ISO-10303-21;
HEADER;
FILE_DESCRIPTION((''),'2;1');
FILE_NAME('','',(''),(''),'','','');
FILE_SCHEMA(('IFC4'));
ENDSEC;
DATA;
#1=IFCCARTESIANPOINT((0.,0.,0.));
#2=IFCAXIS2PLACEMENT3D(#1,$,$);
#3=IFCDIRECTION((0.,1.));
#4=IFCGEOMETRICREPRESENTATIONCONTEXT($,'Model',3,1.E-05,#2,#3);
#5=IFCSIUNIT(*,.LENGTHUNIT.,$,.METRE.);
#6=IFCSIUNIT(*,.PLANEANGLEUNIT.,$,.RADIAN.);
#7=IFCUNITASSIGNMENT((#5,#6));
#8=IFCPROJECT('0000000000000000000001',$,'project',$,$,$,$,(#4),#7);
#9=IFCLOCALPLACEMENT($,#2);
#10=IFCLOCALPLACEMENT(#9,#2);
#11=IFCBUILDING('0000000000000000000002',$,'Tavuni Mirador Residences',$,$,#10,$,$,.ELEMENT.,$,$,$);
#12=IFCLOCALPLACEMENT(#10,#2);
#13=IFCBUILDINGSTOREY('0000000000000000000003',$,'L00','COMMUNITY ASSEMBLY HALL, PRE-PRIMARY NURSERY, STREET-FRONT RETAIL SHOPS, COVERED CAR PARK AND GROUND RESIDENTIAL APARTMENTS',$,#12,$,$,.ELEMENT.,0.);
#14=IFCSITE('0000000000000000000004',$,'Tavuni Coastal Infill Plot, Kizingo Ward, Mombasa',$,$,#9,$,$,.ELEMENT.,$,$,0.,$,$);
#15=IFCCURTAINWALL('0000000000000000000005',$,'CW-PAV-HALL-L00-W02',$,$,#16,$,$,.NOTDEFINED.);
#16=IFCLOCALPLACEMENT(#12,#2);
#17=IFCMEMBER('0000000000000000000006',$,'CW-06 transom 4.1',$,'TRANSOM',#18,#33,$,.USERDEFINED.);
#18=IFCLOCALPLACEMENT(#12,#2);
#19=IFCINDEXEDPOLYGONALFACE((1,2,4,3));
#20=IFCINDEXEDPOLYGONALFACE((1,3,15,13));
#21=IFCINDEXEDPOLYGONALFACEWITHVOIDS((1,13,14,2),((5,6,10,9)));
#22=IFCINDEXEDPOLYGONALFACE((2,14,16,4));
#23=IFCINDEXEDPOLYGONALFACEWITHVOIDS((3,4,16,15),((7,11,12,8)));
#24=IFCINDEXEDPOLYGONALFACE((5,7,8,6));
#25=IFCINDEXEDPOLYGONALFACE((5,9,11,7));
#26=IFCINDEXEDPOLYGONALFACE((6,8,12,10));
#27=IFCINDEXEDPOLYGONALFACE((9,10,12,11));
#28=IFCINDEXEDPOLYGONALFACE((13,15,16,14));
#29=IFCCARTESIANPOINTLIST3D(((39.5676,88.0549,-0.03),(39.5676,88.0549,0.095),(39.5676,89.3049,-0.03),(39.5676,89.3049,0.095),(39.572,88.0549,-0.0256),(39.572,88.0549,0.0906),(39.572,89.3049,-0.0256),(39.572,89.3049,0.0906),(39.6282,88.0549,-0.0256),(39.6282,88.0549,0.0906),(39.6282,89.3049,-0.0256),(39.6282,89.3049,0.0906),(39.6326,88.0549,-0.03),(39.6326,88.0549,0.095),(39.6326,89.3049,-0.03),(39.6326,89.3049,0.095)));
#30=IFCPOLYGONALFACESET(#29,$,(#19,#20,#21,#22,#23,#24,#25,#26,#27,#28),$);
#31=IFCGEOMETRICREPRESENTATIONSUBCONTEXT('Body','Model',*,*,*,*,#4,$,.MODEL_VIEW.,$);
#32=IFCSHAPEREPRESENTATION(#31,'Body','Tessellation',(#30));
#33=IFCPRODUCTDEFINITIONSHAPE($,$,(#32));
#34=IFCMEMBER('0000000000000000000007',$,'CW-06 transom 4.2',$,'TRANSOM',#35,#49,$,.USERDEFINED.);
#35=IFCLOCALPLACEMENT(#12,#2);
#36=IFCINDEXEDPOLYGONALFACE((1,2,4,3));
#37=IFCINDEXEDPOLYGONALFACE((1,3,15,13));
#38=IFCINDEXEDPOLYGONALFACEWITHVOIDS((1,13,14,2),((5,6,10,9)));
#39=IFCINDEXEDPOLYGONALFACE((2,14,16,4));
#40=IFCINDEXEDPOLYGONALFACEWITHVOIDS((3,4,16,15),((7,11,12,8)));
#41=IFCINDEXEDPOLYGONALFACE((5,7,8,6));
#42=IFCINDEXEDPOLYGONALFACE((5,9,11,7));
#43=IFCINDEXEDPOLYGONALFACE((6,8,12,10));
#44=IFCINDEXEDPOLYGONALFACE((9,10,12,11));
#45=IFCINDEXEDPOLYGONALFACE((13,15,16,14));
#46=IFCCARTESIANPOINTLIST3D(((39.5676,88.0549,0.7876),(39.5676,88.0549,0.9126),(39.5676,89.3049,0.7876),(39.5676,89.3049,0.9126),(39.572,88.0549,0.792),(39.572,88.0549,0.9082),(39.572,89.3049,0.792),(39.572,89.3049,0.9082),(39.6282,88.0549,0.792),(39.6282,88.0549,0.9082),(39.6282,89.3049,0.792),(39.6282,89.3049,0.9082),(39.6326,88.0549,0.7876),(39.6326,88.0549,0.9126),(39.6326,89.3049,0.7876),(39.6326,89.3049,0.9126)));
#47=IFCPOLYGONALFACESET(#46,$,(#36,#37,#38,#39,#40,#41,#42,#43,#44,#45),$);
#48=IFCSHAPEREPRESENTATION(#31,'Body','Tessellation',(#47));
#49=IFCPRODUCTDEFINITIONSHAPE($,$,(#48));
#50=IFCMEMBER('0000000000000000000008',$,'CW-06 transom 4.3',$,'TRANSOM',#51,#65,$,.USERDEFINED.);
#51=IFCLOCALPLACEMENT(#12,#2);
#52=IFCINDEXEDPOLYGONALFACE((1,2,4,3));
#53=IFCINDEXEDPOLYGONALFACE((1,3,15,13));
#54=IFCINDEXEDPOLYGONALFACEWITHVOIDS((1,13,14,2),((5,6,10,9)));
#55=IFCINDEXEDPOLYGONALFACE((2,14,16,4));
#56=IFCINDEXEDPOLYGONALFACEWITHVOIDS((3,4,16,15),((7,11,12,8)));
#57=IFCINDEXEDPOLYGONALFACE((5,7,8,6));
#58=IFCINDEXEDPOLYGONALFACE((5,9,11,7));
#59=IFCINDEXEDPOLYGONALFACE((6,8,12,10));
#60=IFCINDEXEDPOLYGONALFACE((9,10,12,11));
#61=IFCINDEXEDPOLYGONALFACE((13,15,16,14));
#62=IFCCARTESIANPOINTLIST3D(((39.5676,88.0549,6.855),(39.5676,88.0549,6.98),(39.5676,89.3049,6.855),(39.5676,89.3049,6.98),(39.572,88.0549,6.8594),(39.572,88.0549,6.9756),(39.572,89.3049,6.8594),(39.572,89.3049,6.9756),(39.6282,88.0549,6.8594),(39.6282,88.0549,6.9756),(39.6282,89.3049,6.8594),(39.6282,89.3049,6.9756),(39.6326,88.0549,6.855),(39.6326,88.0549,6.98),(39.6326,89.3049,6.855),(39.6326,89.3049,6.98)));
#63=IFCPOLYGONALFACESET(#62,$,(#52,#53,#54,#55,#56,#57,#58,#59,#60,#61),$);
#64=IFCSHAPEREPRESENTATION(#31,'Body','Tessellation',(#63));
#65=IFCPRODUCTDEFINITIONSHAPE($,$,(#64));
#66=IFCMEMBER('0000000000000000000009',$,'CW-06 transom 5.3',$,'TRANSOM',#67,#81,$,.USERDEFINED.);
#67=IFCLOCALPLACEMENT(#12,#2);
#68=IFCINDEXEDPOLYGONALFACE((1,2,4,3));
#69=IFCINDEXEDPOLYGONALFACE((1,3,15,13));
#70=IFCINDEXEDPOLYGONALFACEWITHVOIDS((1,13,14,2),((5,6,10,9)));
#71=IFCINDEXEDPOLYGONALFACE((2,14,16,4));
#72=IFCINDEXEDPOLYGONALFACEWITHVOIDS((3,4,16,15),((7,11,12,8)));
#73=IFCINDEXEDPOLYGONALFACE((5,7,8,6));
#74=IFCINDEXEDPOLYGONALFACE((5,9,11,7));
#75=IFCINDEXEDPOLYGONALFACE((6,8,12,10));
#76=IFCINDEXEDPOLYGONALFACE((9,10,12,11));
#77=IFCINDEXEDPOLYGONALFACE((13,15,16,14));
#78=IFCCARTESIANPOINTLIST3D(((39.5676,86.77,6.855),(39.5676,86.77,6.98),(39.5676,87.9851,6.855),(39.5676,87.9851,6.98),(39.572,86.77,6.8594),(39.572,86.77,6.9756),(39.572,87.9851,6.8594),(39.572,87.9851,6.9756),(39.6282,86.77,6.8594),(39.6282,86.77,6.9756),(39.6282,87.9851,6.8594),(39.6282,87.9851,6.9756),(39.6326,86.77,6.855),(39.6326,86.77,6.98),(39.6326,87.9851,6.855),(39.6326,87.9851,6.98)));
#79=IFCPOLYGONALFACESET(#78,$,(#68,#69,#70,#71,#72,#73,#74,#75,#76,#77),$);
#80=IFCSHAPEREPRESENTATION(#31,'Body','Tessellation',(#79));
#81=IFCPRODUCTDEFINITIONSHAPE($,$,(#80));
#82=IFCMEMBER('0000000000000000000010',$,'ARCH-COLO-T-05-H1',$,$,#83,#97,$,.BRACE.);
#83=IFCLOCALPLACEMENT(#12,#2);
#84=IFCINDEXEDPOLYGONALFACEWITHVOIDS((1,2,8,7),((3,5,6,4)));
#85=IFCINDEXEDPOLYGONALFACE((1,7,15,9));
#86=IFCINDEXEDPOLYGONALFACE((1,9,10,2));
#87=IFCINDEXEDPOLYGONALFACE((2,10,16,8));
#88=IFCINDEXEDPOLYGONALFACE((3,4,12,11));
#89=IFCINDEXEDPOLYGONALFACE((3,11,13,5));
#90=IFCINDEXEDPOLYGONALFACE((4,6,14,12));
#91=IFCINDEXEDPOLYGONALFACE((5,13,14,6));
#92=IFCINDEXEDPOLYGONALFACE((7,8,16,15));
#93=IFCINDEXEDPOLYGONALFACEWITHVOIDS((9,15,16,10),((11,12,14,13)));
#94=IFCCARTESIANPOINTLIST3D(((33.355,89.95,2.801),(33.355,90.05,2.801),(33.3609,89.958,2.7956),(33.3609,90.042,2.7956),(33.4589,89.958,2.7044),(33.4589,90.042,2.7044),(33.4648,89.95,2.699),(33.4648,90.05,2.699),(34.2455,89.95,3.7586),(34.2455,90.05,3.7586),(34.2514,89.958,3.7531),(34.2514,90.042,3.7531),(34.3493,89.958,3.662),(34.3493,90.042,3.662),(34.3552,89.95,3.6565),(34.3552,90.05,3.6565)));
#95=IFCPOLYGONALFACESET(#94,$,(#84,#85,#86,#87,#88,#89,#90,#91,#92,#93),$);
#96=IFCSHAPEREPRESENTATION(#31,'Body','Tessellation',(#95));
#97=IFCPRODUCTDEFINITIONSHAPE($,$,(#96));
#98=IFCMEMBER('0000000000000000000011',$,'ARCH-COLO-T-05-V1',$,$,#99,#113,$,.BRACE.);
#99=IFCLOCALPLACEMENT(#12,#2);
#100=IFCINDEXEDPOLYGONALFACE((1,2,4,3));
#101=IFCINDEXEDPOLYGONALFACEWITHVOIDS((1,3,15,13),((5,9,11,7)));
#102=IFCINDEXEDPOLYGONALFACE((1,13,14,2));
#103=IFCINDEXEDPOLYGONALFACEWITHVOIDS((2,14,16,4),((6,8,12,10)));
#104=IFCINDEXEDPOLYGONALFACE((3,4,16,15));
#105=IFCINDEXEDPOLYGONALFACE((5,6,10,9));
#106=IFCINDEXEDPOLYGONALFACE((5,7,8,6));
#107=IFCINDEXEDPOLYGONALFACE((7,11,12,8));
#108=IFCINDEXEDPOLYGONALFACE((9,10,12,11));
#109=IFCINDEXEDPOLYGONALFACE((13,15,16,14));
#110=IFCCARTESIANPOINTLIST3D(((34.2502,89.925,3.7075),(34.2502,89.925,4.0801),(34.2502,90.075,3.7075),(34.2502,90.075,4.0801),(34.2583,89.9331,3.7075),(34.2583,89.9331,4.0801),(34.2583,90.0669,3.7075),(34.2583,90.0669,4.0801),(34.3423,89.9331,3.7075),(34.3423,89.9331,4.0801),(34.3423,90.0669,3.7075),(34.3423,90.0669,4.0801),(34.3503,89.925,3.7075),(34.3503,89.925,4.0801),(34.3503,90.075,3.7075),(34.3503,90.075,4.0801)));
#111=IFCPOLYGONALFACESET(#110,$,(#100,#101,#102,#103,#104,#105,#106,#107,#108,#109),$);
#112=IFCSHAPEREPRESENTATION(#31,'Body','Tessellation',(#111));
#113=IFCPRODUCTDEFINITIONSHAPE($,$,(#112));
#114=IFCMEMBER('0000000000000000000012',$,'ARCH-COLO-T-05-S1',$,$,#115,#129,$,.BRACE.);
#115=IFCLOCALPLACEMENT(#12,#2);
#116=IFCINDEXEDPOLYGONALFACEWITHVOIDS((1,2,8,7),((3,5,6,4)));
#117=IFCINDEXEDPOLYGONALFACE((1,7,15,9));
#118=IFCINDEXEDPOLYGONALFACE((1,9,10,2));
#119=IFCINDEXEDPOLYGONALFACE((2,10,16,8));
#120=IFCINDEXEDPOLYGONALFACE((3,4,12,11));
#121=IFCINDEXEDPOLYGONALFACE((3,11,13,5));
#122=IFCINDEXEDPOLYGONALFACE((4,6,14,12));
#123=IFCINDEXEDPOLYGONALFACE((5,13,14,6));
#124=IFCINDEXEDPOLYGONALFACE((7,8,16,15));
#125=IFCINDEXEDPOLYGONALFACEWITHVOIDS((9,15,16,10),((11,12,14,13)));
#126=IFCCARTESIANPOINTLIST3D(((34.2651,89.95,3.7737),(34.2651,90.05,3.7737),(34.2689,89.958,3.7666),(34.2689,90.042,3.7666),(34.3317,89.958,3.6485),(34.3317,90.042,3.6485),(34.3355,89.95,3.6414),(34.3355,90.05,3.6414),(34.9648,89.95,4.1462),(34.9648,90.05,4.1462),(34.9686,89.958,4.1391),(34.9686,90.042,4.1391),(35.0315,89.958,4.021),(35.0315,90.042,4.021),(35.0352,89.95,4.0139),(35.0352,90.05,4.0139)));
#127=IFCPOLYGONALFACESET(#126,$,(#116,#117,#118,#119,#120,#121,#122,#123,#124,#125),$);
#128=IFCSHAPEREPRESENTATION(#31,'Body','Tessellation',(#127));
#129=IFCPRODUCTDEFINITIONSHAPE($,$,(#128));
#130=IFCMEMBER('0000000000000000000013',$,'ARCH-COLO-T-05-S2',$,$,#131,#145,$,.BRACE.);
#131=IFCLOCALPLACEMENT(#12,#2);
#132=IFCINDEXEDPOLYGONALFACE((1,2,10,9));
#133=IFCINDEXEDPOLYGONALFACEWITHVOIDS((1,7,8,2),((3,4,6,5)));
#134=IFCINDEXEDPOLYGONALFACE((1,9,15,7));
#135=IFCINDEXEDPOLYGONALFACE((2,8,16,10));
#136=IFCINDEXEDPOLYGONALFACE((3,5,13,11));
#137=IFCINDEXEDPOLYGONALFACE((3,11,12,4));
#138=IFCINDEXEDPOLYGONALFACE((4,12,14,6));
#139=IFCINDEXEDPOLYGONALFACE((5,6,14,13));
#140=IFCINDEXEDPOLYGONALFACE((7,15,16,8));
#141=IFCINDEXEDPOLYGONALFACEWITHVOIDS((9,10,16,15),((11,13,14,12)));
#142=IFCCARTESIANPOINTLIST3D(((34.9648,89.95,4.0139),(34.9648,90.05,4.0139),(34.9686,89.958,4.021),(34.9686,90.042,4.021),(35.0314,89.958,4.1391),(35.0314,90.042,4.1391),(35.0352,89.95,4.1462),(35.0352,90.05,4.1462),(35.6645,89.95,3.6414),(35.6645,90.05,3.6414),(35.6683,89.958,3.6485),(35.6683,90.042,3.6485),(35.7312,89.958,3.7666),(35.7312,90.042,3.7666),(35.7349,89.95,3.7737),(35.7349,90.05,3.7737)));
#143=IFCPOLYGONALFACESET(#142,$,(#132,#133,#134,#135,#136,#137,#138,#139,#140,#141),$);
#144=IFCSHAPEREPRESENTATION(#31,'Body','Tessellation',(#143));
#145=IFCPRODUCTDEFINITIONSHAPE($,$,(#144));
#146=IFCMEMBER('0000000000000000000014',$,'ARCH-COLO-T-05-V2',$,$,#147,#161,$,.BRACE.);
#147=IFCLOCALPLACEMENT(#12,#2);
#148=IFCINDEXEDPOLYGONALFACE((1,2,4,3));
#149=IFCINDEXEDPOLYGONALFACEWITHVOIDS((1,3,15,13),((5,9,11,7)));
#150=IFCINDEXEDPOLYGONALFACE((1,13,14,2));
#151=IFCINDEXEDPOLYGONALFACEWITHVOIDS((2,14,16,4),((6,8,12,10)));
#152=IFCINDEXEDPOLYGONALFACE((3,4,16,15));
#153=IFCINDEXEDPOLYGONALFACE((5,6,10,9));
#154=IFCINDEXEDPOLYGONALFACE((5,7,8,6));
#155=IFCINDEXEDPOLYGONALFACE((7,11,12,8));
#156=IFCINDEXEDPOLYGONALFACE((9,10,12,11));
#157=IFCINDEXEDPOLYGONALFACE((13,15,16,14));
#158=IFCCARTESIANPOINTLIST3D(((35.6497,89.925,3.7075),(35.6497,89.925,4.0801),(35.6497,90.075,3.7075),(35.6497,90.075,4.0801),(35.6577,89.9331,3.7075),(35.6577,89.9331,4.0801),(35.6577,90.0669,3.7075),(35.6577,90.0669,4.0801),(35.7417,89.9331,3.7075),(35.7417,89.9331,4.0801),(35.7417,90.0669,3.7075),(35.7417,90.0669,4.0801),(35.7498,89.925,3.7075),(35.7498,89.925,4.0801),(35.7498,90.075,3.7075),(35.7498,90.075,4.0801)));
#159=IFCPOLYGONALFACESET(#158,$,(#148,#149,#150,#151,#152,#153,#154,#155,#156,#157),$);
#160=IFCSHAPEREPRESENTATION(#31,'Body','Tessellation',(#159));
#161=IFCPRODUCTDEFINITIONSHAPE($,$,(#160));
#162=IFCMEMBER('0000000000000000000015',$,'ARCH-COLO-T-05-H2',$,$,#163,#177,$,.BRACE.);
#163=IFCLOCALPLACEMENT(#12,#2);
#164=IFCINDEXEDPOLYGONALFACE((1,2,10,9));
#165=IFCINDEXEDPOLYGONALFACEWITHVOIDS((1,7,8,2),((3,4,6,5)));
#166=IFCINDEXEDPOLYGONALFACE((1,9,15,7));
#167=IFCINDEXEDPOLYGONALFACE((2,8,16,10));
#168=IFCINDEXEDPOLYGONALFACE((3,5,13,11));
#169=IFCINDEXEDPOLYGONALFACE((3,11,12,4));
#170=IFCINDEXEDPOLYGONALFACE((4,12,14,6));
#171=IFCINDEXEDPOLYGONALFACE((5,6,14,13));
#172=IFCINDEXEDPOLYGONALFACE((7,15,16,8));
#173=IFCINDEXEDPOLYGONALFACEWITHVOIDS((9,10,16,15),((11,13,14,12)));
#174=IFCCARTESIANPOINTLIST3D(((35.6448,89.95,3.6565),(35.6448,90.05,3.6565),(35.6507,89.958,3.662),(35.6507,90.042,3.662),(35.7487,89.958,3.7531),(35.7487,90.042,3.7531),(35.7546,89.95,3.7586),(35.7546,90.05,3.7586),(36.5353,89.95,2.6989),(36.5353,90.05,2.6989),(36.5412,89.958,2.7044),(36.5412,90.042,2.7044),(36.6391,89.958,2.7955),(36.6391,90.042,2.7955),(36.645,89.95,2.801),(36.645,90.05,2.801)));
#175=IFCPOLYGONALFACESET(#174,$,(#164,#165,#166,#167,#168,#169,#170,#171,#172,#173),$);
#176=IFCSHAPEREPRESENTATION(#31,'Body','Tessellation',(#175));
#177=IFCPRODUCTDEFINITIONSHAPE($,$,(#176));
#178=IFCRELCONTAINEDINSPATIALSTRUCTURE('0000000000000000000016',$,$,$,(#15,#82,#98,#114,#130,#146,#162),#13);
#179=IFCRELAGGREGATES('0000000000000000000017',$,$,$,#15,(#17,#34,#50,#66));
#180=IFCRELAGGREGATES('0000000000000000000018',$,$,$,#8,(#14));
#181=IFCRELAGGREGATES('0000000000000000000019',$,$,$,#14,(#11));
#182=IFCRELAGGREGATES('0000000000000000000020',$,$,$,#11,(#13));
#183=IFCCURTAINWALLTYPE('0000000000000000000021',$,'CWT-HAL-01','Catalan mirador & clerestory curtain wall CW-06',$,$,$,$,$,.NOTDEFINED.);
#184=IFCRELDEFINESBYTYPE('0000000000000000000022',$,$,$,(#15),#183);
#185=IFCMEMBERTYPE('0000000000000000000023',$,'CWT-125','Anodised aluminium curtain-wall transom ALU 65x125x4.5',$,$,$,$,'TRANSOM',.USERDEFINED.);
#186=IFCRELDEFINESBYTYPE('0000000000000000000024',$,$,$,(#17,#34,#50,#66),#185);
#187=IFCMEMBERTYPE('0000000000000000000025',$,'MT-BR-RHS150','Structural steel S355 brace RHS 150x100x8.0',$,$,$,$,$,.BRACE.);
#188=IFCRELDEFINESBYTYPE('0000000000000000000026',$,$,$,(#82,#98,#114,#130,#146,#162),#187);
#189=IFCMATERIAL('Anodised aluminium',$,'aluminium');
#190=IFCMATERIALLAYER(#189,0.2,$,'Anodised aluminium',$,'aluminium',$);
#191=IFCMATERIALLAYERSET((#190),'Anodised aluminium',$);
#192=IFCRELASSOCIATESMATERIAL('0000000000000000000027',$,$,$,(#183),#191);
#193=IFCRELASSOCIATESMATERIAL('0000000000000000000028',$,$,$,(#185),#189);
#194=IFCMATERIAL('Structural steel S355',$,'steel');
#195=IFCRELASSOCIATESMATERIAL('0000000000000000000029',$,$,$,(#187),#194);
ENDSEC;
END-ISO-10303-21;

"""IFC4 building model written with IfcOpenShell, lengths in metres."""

from ifc_helpers import new_model, si_unit, direction, frame, origin, origin_2d, place, context, subcontext, project, spatial, hollow_rectangle, extrude, material, layer, layer_set, material_profile, profile_set, type_object, element, aggregate, save


model = new_model("IFC4")

# Units and contexts
model_context = context("Model", 3, precision=1e-05, world=origin(), true_north=direction((0.0, 1.0)))
body_context = subcontext(model_context, "Body", "Model", "MODEL_VIEW")
ifc_project = project(units=[si_unit("LENGTHUNIT", "METRE"), si_unit("PLANEANGLEUNIT", "RADIAN")], contexts=[model_context])

# Site, building, storey
site_placement = place(None, origin())
site = spatial("IfcSite", under=ifc_project, at=site_placement, Name="Tavuni Coastal Infill Plot, Kizingo Ward, Mombasa", CompositionType="ELEMENT", RefElevation=0.0)
building_placement = place(site_placement, origin())
building = spatial("IfcBuilding", under=site, at=building_placement, Name="Tavuni Mirador Residences", CompositionType="ELEMENT")
storey_placement = place(building_placement, origin())
storey = spatial("IfcBuildingStorey", under=building, at=storey_placement, Name="L00", Description="COMMUNITY ASSEMBLY HALL, PRE-PRIMARY NURSERY, STREET-FRONT RETAIL SHOPS, COVERED CAR PARK AND GROUND RESIDENTIAL APARTMENTS", CompositionType="ELEMENT", Elevation=0.0)

# Curtain wall, members
ifc_material_1 = material(Name="Anodised aluminium", Category="aluminium")
ifc_layer_1 = layer(ifc_material_1, 0.2, Name="Anodised aluminium", Category="aluminium")
ifc_layer_set_1 = layer_set([ifc_layer_1], Name="Anodised aluminium")
curtain_wall_type = type_object("IfcCurtainWallType", Name="CWT-HAL-01", Description="Catalan mirador & clerestory curtain wall CW-06", PredefinedType="NOTDEFINED", material=ifc_layer_set_1)
curtain_wall_placement = place(storey_placement, origin())
curtain_wall = element("IfcCurtainWall", 1, at=curtain_wall_placement, inside=storey, type_object=curtain_wall_type, Name="CW-PAV-HALL-L00-W02", PredefinedType="NOTDEFINED")
ifc_material_profile_1 = material_profile(ifc_material_1, hollow_rectangle(XDim=0.0649, YDim=0.125, WallThickness=0.0044, at=origin_2d()), Name="ALU 65x125x4.5", Category="aluminium")
ifc_profile_set_1 = profile_set([ifc_material_profile_1], Name="Anodised aluminium")
member_type_1 = type_object("IfcMemberType", Name="CWT-125", Description="Anodised aluminium curtain-wall transom ALU 65x125x4.5", ElementType="TRANSOM", PredefinedType="USERDEFINED", material=ifc_profile_set_1)
member_1_placement = place(storey_placement, frame((39.6001, 89.3049, 0.0325), z_axis=(0.0, -1.0, 0.0), x_axis=(1.0, 0.0, 0.0)))
member_1 = element("IfcMember", 2, at=member_1_placement, type_object=member_type_1, Name="CW-06 transom 4.1", ObjectType="TRANSOM", PredefinedType="USERDEFINED", context=body_context, shape_type="SweptSolid", body=[
    extrude(hollow_rectangle(XDim=0.0649, YDim=0.125, WallThickness=0.0044, at=origin_2d()), origin(), (0.0, 0.0, 1.0), 1.25),
])
member_2_placement = place(storey_placement, frame((39.6001, 89.3049, 0.8501), z_axis=(0.0, -1.0, 0.0), x_axis=(1.0, 0.0, 0.0)))
member_2 = element("IfcMember", 3, at=member_2_placement, type_object=member_type_1, Name="CW-06 transom 4.2", ObjectType="TRANSOM", PredefinedType="USERDEFINED", context=body_context, shape_type="SweptSolid", body=[
    extrude(hollow_rectangle(XDim=0.0649, YDim=0.125, WallThickness=0.0044, at=origin_2d()), origin(), (0.0, 0.0, 1.0), 1.25),
])
member_3_placement = place(storey_placement, frame((39.6001, 89.3049, 6.9175), z_axis=(0.0, -1.0, 0.0), x_axis=(1.0, 0.0, 0.0)))
member_3 = element("IfcMember", 4, at=member_3_placement, type_object=member_type_1, Name="CW-06 transom 4.3", ObjectType="TRANSOM", PredefinedType="USERDEFINED", context=body_context, shape_type="SweptSolid", body=[
    extrude(hollow_rectangle(XDim=0.0649, YDim=0.125, WallThickness=0.0044, at=origin_2d()), origin(), (0.0, 0.0, 1.0), 1.25),
])
member_4_placement = place(storey_placement, frame((39.6001, 87.9851, 6.9175), z_axis=(0.0, -1.0, 0.0), x_axis=(1.0, 0.0, 0.0)))
member_4 = element("IfcMember", 5, at=member_4_placement, type_object=member_type_1, Name="CW-06 transom 5.3", ObjectType="TRANSOM", PredefinedType="USERDEFINED", context=body_context, shape_type="SweptSolid", body=[
    extrude(hollow_rectangle(XDim=0.0649, YDim=0.125, WallThickness=0.0044, at=origin_2d()), origin(), (0.0, 0.0, 1.0), 1.2151),
])

# Members
ifc_material_2 = material(Name="Structural steel S355", Category="steel")
ifc_material_profile_2 = material_profile(ifc_material_2, hollow_rectangle(XDim=0.1001, YDim=0.1499, WallThickness=0.0081, at=origin_2d()), Name="RHS 150x100x8.0", Category="steel")
ifc_profile_set_2 = profile_set([ifc_material_profile_2], Name="Structural steel S355")
member_type_2 = type_object("IfcMemberType", Name="MT-BR-RHS150", Description="Structural steel S355 brace RHS 150x100x8.0", PredefinedType="BRACE", material=ifc_profile_set_2)
member_5_placement = place(storey_placement, frame((33.4099, 90.0, 2.75), z_axis=(0.680967, 0.0, 0.732314), x_axis=(0.0, 1.0, 0.0)))
element("IfcMember", 6, at=member_5_placement, inside=storey, type_object=member_type_2, Name="ARCH-COLO-T-05-H1", PredefinedType="BRACE", context=body_context, shape_type="SweptSolid", body=[
    extrude(hollow_rectangle(XDim=0.1001, YDim=0.1499, WallThickness=0.0081, at=origin_2d()), origin(), (0.0, 0.0, 1.0), 1.3076),
])
member_6_placement = place(storey_placement, frame((34.3003, 90.0, 3.7075), z_axis=(0.0, 0.0, 1.0), x_axis=(1.0, 0.0, 0.0)))
element("IfcMember", 7, at=member_6_placement, inside=storey, type_object=member_type_2, Name="ARCH-COLO-T-05-V1", PredefinedType="BRACE", context=body_context, shape_type="SweptSolid", body=[
    extrude(hollow_rectangle(XDim=0.1001, YDim=0.1499, WallThickness=0.0081, at=origin_2d()), origin(), (0.0, 0.0, 1.0), 0.3726),
])
for number, where, z_axis, x_axis, name in (
    (8, (34.3003, 90.0, 3.7075), (0.882677, 0.0, 0.469981), (0.0, 1.0, 0.0), "ARCH-COLO-T-05-S1"),
    (9, (35.0, 90.0, 4.0801), (0.882677, 0.0, -0.469981), (0.0, 1.0, 0.0), "ARCH-COLO-T-05-S2"),
):
    element("IfcMember", number, at=place(storey_placement, frame(where, z_axis=z_axis, x_axis=x_axis)), inside=storey, type_object=member_type_2, Name=name, PredefinedType="BRACE", context=body_context, shape_type="SweptSolid", body=[
        extrude(hollow_rectangle(XDim=0.1001, YDim=0.1499, WallThickness=0.0081, at=origin_2d()), origin(), (0.0, 0.0, 1.0), 0.7927),
    ])
member_7_placement = place(storey_placement, frame((35.6997, 90.0, 3.7075), z_axis=(0.0, 0.0, 1.0), x_axis=(1.0, 0.0, 0.0)))
element("IfcMember", 10, at=member_7_placement, inside=storey, type_object=member_type_2, Name="ARCH-COLO-T-05-V2", PredefinedType="BRACE", context=body_context, shape_type="SweptSolid", body=[
    extrude(hollow_rectangle(XDim=0.1001, YDim=0.1499, WallThickness=0.0081, at=origin_2d()), origin(), (0.0, 0.0, 1.0), 0.3726),
])
member_8_placement = place(storey_placement, frame((35.6997, 90.0, 3.7075), z_axis=(0.680967, 0.0, -0.732314), x_axis=(0.0, 1.0, 0.0)))
element("IfcMember", 11, at=member_8_placement, inside=storey, type_object=member_type_2, Name="ARCH-COLO-T-05-H2", PredefinedType="BRACE", context=body_context, shape_type="SweptSolid", body=[
    extrude(hollow_rectangle(XDim=0.1001, YDim=0.1499, WallThickness=0.0081, at=origin_2d()), origin(), (0.0, 0.0, 1.0), 1.3076),
])

aggregate(curtain_wall, [member_1, member_2, member_3, member_4])

save(model, "model.ifc")
